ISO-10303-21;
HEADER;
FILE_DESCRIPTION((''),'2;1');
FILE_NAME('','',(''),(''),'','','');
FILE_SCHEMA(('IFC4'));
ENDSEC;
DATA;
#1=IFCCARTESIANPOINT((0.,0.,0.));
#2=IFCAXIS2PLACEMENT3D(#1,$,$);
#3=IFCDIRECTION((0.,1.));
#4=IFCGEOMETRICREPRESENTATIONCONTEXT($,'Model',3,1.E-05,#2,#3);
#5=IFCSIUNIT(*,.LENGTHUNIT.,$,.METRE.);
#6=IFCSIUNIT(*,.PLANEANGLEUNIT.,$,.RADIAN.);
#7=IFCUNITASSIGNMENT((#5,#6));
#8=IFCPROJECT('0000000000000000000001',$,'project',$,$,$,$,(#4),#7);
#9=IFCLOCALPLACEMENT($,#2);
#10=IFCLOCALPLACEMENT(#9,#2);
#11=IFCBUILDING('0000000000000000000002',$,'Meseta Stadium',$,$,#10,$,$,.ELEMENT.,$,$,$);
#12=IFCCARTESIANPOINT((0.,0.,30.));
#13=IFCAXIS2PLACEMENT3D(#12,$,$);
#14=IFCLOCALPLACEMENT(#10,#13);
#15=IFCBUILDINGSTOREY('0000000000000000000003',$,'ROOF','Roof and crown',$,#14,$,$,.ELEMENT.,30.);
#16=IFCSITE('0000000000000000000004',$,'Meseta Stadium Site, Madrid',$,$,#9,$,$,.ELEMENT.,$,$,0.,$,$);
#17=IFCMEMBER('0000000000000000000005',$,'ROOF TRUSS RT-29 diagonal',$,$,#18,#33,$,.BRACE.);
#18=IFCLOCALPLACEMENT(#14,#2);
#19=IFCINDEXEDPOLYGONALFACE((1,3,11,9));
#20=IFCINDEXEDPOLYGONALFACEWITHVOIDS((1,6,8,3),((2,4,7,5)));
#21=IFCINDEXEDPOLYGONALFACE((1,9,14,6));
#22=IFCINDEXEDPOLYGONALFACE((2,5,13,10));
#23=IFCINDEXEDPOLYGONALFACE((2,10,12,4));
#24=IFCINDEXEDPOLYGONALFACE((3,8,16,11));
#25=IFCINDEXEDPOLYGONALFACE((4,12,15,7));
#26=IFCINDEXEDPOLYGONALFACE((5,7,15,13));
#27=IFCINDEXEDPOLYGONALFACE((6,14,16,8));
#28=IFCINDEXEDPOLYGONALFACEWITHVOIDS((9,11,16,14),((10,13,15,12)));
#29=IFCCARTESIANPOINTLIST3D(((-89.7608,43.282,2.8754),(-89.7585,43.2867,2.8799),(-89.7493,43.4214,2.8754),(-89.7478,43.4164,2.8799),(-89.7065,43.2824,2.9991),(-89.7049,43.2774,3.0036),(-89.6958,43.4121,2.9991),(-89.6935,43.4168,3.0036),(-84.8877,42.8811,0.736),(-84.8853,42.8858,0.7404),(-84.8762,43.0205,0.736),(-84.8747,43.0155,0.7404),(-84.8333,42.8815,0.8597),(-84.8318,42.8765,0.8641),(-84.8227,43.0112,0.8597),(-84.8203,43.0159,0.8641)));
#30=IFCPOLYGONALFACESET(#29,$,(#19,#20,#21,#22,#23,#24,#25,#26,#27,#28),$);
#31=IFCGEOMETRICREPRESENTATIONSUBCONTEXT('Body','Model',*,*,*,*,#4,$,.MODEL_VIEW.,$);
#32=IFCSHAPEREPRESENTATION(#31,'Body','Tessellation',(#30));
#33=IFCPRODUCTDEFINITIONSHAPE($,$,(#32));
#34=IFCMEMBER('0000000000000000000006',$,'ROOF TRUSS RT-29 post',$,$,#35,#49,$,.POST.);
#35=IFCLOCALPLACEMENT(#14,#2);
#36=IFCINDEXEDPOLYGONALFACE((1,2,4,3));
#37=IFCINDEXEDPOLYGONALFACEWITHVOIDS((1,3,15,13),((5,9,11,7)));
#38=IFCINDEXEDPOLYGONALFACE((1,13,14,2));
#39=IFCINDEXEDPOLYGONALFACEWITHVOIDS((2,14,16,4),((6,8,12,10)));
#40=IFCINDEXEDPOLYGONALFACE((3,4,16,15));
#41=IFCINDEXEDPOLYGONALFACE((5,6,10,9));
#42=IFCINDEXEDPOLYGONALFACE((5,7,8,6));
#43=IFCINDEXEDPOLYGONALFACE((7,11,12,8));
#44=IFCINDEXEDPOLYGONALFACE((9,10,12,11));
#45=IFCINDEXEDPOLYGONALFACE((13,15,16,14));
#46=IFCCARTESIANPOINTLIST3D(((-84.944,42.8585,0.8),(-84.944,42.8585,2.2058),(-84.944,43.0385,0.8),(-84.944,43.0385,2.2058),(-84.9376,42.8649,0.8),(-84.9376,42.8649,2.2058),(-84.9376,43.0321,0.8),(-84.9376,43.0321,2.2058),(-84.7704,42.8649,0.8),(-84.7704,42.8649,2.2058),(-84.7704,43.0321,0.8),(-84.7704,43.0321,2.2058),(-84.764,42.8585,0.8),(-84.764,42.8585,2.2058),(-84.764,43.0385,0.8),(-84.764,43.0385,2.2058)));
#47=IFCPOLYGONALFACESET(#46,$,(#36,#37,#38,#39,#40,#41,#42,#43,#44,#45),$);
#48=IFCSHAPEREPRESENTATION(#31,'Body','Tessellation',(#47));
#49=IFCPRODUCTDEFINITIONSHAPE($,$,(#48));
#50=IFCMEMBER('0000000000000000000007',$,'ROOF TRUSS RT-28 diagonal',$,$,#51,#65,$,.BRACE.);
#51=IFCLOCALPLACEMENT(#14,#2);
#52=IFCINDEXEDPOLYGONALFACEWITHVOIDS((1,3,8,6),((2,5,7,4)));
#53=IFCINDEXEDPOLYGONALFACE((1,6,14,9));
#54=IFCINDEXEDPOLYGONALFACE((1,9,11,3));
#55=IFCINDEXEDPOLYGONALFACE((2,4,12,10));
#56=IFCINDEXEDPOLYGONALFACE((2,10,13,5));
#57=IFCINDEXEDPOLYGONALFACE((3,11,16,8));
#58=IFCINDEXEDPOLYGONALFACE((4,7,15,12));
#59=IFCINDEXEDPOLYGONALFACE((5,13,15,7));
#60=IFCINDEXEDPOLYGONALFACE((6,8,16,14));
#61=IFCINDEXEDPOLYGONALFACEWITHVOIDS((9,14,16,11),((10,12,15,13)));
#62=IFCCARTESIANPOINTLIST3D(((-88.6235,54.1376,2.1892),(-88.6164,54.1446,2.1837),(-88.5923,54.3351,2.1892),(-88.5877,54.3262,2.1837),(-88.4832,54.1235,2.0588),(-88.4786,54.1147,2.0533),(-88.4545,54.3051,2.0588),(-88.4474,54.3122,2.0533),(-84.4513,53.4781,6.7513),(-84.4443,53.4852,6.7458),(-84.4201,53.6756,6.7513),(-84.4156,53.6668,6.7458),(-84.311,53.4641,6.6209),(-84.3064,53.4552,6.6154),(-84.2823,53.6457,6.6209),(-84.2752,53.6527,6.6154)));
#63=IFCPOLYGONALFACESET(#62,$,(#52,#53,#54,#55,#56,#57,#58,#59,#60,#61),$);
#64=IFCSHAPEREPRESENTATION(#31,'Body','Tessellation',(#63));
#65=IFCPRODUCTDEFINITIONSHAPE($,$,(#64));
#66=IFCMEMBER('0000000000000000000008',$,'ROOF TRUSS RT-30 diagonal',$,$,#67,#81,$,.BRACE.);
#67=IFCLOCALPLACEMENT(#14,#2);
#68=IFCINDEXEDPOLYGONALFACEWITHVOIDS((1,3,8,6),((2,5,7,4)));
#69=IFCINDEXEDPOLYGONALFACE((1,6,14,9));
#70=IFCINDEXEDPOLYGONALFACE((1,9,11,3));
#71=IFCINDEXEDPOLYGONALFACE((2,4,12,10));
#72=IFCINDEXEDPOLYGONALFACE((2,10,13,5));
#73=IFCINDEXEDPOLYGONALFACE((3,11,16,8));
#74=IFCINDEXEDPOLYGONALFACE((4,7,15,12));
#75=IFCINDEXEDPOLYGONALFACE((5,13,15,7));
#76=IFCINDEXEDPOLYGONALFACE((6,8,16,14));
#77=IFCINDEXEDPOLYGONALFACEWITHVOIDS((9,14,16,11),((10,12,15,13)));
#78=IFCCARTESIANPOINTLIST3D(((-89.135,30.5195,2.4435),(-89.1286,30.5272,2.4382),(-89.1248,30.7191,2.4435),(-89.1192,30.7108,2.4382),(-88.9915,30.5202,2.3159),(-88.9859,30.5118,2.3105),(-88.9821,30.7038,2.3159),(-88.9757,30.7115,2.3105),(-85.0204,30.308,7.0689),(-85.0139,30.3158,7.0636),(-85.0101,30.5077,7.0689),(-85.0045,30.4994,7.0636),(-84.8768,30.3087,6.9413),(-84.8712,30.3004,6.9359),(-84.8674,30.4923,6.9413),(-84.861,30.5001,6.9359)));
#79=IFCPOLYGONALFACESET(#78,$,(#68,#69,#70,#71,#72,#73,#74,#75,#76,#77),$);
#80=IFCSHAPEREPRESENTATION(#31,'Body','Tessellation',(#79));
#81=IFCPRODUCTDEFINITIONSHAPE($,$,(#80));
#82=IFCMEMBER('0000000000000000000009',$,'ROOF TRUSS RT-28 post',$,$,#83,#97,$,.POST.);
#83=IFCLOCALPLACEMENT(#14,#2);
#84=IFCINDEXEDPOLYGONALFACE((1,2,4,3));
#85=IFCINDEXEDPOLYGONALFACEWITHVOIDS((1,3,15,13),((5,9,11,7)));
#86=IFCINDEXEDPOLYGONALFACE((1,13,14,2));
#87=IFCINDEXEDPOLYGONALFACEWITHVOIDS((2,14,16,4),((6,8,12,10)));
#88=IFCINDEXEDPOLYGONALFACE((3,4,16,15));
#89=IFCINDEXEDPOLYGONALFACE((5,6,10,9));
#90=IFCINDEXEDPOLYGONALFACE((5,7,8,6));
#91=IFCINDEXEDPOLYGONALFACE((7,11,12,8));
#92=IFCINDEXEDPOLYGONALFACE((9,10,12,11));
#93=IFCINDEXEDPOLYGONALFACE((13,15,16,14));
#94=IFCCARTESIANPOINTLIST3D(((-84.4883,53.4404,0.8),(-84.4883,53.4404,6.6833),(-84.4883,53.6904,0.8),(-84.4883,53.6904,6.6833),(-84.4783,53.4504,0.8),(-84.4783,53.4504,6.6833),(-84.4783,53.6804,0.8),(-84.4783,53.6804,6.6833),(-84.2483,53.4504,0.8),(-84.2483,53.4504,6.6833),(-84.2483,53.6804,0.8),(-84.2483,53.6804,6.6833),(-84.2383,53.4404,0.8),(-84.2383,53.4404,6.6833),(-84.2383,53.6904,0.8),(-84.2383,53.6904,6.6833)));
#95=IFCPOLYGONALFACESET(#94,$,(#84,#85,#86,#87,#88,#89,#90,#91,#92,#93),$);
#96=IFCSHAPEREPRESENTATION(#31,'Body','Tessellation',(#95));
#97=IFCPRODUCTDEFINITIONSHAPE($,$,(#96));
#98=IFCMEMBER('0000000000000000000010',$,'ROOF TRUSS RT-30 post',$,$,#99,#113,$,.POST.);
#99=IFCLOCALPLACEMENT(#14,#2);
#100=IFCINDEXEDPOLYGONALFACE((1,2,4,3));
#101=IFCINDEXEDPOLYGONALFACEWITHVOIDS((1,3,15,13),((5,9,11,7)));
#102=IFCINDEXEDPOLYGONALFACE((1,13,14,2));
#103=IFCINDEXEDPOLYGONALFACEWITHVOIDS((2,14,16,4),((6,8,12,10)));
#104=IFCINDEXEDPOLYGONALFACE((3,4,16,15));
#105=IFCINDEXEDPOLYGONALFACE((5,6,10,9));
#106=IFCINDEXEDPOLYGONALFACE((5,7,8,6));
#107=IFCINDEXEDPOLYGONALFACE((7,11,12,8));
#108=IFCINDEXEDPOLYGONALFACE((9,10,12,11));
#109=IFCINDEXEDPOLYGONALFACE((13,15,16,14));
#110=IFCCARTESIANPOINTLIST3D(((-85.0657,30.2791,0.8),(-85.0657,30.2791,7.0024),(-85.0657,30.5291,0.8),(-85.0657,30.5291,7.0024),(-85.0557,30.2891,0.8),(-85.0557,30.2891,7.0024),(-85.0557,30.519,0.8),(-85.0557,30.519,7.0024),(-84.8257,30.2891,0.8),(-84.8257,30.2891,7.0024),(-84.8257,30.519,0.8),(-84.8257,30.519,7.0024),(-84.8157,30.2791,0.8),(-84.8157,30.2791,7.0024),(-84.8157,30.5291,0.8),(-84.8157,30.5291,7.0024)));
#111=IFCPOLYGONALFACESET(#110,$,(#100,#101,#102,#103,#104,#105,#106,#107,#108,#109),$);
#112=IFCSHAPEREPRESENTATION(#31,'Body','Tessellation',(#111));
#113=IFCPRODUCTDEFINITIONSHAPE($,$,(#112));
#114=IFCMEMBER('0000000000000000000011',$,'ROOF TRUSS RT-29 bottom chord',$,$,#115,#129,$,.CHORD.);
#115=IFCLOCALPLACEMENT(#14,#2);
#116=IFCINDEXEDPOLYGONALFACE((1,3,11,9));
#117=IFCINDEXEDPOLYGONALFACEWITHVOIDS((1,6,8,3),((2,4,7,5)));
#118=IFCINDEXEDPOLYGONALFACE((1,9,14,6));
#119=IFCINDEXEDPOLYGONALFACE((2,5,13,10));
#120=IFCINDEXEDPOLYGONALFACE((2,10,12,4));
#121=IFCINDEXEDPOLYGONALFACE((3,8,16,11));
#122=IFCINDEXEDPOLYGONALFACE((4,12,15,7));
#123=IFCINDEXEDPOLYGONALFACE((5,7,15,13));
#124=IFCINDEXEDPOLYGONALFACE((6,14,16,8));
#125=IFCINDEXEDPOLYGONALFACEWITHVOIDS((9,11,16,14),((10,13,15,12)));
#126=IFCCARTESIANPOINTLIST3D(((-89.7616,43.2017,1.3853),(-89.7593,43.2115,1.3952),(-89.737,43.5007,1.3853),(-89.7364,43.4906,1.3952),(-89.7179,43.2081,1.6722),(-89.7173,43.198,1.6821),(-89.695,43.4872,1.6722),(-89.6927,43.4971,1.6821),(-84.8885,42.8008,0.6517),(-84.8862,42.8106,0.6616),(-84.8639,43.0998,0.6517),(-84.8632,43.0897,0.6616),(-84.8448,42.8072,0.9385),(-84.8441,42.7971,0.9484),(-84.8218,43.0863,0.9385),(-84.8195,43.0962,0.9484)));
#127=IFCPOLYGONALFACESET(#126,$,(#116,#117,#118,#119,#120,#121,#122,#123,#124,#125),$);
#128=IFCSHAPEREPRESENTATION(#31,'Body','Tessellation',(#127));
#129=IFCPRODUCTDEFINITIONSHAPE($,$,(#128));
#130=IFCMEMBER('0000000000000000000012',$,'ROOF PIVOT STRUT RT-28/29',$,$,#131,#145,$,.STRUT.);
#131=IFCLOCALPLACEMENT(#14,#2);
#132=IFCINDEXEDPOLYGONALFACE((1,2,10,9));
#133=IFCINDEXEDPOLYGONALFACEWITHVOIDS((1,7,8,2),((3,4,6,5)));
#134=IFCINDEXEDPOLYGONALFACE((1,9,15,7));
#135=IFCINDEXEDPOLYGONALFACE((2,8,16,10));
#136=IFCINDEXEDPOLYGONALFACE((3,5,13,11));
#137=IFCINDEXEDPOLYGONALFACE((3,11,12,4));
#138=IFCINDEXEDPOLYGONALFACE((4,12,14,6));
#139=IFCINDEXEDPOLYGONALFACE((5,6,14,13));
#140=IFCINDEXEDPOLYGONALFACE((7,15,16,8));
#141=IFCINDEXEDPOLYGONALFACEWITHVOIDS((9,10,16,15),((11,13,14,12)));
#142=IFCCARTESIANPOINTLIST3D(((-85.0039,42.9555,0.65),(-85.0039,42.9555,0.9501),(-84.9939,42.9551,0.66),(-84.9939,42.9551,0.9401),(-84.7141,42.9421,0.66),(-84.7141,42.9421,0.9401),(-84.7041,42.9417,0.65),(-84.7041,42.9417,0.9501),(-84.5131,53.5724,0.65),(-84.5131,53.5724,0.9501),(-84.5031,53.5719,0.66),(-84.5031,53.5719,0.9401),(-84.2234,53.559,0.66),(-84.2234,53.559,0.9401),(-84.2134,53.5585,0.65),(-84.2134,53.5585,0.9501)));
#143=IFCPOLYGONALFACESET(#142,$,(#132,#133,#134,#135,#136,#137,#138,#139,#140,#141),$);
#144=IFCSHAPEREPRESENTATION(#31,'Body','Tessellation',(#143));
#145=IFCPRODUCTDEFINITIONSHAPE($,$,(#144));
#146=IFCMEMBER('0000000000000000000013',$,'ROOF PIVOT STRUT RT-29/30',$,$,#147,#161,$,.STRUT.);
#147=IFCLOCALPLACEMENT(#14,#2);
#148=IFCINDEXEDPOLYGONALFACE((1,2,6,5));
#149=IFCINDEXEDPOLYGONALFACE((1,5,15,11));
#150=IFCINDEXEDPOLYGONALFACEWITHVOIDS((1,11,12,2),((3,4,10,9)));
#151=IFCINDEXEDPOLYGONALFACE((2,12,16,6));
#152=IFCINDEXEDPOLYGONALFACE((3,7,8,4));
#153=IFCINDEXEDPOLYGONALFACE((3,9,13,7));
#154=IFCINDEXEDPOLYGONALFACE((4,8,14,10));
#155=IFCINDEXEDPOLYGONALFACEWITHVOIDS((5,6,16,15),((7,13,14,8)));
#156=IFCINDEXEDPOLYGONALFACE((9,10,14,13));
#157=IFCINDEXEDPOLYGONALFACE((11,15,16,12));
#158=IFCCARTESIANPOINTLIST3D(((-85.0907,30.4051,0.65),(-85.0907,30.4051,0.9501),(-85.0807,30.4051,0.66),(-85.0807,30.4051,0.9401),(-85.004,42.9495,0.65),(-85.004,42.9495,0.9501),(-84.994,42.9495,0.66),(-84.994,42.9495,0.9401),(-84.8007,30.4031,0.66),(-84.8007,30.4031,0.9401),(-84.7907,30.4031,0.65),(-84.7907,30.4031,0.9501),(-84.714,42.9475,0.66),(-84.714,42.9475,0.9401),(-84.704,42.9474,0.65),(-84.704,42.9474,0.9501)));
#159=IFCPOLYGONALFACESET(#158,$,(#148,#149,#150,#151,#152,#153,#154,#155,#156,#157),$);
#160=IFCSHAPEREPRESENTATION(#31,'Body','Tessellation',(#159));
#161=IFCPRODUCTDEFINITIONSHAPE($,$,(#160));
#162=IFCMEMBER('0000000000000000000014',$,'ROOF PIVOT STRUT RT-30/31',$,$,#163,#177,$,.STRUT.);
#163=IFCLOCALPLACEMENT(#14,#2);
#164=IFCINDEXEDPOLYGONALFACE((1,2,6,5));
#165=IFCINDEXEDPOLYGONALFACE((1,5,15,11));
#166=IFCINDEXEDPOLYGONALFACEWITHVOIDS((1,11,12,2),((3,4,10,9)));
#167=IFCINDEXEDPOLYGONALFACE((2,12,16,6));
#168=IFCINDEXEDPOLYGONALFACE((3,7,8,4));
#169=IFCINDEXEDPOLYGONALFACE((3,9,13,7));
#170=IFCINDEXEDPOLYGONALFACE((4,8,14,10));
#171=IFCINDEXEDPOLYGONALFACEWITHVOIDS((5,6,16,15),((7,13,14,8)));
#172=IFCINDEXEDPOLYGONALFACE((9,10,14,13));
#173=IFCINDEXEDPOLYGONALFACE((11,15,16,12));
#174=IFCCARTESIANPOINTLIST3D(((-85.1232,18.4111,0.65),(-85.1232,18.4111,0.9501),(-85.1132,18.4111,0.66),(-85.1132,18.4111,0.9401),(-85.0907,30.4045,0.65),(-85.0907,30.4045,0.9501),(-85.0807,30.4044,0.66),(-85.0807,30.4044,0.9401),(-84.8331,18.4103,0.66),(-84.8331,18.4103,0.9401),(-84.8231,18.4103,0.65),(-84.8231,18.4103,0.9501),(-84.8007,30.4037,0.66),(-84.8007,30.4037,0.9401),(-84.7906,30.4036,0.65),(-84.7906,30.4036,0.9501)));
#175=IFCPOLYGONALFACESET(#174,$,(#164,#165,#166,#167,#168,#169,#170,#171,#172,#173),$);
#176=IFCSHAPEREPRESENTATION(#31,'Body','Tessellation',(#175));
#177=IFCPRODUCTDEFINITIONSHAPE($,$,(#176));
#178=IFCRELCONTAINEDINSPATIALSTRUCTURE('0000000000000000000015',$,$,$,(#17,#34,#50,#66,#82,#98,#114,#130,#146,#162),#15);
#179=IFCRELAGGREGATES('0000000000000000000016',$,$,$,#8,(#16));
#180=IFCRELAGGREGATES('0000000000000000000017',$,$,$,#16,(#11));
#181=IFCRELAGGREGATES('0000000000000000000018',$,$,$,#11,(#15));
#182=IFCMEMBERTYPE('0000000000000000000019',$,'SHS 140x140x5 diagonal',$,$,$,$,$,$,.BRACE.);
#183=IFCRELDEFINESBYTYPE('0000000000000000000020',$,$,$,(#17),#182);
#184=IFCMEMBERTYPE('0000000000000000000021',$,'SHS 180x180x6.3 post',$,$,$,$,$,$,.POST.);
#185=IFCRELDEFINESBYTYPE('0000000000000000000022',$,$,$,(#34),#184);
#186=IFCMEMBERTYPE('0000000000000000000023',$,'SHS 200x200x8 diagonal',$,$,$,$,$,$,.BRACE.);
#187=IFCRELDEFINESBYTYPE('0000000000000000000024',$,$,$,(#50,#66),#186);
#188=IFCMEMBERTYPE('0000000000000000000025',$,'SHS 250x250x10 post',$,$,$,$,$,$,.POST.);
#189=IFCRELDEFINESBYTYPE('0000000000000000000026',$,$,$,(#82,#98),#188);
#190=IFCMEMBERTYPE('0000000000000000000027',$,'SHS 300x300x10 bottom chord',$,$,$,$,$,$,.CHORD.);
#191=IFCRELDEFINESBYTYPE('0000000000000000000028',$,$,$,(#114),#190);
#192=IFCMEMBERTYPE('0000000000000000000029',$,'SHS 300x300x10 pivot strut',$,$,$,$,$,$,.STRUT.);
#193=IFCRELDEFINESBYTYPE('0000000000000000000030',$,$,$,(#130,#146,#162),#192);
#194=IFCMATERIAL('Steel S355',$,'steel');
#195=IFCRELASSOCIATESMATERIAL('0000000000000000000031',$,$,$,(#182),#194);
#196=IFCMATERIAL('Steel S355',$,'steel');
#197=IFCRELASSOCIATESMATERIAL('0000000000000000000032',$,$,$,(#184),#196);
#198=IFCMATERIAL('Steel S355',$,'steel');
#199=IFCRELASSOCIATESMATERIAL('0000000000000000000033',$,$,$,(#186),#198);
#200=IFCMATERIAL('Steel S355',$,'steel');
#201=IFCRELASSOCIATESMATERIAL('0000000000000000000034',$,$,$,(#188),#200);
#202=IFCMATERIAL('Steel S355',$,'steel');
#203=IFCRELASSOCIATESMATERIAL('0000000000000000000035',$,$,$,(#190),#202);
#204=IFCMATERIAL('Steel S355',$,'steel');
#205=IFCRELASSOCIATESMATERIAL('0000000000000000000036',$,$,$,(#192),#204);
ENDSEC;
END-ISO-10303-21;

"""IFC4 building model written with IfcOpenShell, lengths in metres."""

from ifc_helpers import new_model, si_unit, direction, frame, origin, origin_2d, place, context, subcontext, project, spatial, hollow_rectangle, extrude, material, material_profile, profile_set, type_object, element, save


model = new_model("IFC4")

# Units and contexts
model_context = context("Model", 3, precision=1e-05, world=origin(), true_north=direction((0.0, 1.0)))
body_context = subcontext(model_context, "Body", "Model", "MODEL_VIEW")
ifc_project = project(units=[si_unit("LENGTHUNIT", "METRE"), si_unit("PLANEANGLEUNIT", "RADIAN")], contexts=[model_context])

# Site, building, storey
site_placement = place(None, origin())
site = spatial("IfcSite", under=ifc_project, at=site_placement, Name="Meseta Stadium Site, Madrid", CompositionType="ELEMENT", RefElevation=0.0)
building_placement = place(site_placement, origin())
building = spatial("IfcBuilding", under=site, at=building_placement, Name="Meseta Stadium", CompositionType="ELEMENT")
storey_placement = place(building_placement, frame((0.0, 0.0, 30.0)))
storey = spatial("IfcBuildingStorey", under=building, at=storey_placement, Name="ROOF", Description="Roof and crown", CompositionType="ELEMENT", Elevation=30.0)

# Members
ifc_material_1 = material(Name="Steel S355", Category="steel")
ifc_material_profile_1 = material_profile(ifc_material_1, hollow_rectangle(XDim=0.1399, YDim=0.1399, WallThickness=0.0049, at=origin_2d()), Name="SHS 140x140x5")
ifc_profile_set_1 = profile_set([ifc_material_profile_1], Name="Steel S355")
member_type_1 = type_object("IfcMemberType", Name="SHS 140x140x5 diagonal", PredefinedType="BRACE", material=ifc_profile_set_1)
member_1_placement = place(storey_placement, frame((-84.854, 42.9485, 0.8), z_axis=(-0.913056, 0.075112, 0.400857), x_axis=(-0.081988, -0.996633, 0.0)))
element("IfcMember", 1, at=member_1_placement, inside=storey, type_object=member_type_1, Name="ROOF TRUSS RT-29 diagonal", PredefinedType="BRACE", context=body_context, shape_type="SweptSolid", body=[
    extrude(hollow_rectangle(XDim=0.1399, YDim=0.1399, WallThickness=0.0049, at=origin_2d()), origin(), (0.0, 0.0, 1.0), 5.3372),
])
ifc_material_2 = material(Name="Steel S355", Category="steel")
ifc_material_profile_2 = material_profile(ifc_material_2, hollow_rectangle(XDim=0.1799, YDim=0.1799, WallThickness=0.0063, at=origin_2d()), Name="SHS 180x180x6.3")
ifc_profile_set_2 = profile_set([ifc_material_profile_2], Name="Steel S355")
member_type_2 = type_object("IfcMemberType", Name="SHS 180x180x6.3 post", PredefinedType="POST", material=ifc_profile_set_2)
member_2_placement = place(storey_placement, frame((-84.854, 42.9485, 0.8), z_axis=(0.0, 0.0, 1.0), x_axis=(1.0, 0.0, 0.0)))
element("IfcMember", 2, at=member_2_placement, inside=storey, type_object=member_type_2, Name="ROOF TRUSS RT-29 post", PredefinedType="POST", context=body_context, shape_type="SweptSolid", body=[
    extrude(hollow_rectangle(XDim=0.1799, YDim=0.1799, WallThickness=0.0063, at=origin_2d()), origin(), (0.0, 0.0, 1.0), 1.4058),
])
ifc_material_3 = material(Name="Steel S355", Category="steel")
ifc_material_profile_3 = material_profile(ifc_material_3, hollow_rectangle(XDim=0.2, YDim=0.2, WallThickness=0.0081, at=origin_2d()), Name="SHS 200x200x8")
ifc_profile_set_3 = profile_set([ifc_material_profile_3], Name="Steel S355")
member_type_3 = type_object("IfcMemberType", Name="SHS 200x200x8 diagonal", PredefinedType="BRACE", material=ifc_profile_set_3)
member_3_placement = place(storey_placement, frame((-84.3633, 53.5654, 6.6833), z_axis=(-0.671063, 0.106065, -0.733775), x_axis=(-0.156117, -0.987739, 0.0)))
element("IfcMember", 3, at=member_3_placement, inside=storey, type_object=member_type_3, Name="ROOF TRUSS RT-28 diagonal", PredefinedType="BRACE", context=body_context, shape_type="SweptSolid", body=[
    extrude(hollow_rectangle(XDim=0.2, YDim=0.2, WallThickness=0.0081, at=origin_2d()), origin(), (0.0, 0.0, 1.0), 6.2173),
])
member_4_placement = place(storey_placement, frame((-84.9407, 30.4041, 7.0024), z_axis=(-0.664265, 0.034132, -0.746717), x_axis=(-0.051315, -0.998683, 0.0)))
element("IfcMember", 4, at=member_4_placement, inside=storey, type_object=member_type_3, Name="ROOF TRUSS RT-30 diagonal", PredefinedType="BRACE", context=body_context, shape_type="SweptSolid", body=[
    extrude(hollow_rectangle(XDim=0.2, YDim=0.2, WallThickness=0.0081, at=origin_2d()), origin(), (0.0, 0.0, 1.0), 6.1943),
])
ifc_material_4 = material(Name="Steel S355", Category="steel")
ifc_material_profile_4 = material_profile(ifc_material_4, hollow_rectangle(XDim=0.25, YDim=0.25, WallThickness=0.01, at=origin_2d()), Name="SHS 250x250x10")
ifc_profile_set_4 = profile_set([ifc_material_profile_4], Name="Steel S355")
member_type_4 = type_object("IfcMemberType", Name="SHS 250x250x10 post", PredefinedType="POST", material=ifc_profile_set_4)
member_5_placement = place(storey_placement, frame((-84.3633, 53.5654, 0.8), z_axis=(0.0, 0.0, 1.0), x_axis=(1.0, 0.0, 0.0)))
element("IfcMember", 5, at=member_5_placement, inside=storey, type_object=member_type_4, Name="ROOF TRUSS RT-28 post", PredefinedType="POST", context=body_context, shape_type="SweptSolid", body=[
    extrude(hollow_rectangle(XDim=0.25, YDim=0.25, WallThickness=0.01, at=origin_2d()), origin(), (0.0, 0.0, 1.0), 5.8833),
])
member_6_placement = place(storey_placement, frame((-84.9407, 30.4041, 0.8), z_axis=(0.0, 0.0, 1.0), x_axis=(1.0, 0.0, 0.0)))
element("IfcMember", 6, at=member_6_placement, inside=storey, type_object=member_type_4, Name="ROOF TRUSS RT-30 post", PredefinedType="POST", context=body_context, shape_type="SweptSolid", body=[
    extrude(hollow_rectangle(XDim=0.25, YDim=0.25, WallThickness=0.01, at=origin_2d()), origin(), (0.0, 0.0, 1.0), 6.2024),
])
ifc_material_5 = material(Name="Steel S355", Category="steel")
ifc_material_profile_5 = material_profile(ifc_material_5, hollow_rectangle(XDim=0.3, YDim=0.3, WallThickness=0.01, at=origin_2d()), Name="SHS 300x300x10")
ifc_profile_set_5 = profile_set([ifc_material_profile_5], Name="Steel S355")
member_type_5 = type_object("IfcMemberType", Name="SHS 300x300x10 bottom chord", PredefinedType="CHORD", material=ifc_profile_set_5)
member_7_placement = place(storey_placement, frame((-84.854, 42.9485, 0.8), z_axis=(-0.985601, 0.08108, 0.148383), x_axis=(-0.081988, -0.996633, 0.0)))
element("IfcMember", 7, at=member_7_placement, inside=storey, type_object=member_type_5, Name="ROOF TRUSS RT-29 bottom chord", PredefinedType="CHORD", context=body_context, shape_type="SweptSolid", body=[
    extrude(hollow_rectangle(XDim=0.3, YDim=0.3, WallThickness=0.01, at=origin_2d()), origin(), (0.0, 0.0, 1.0), 4.9443),
])
ifc_material_6 = material(Name="Steel S355", Category="steel")
ifc_material_profile_6 = material_profile(ifc_material_6, hollow_rectangle(XDim=0.3, YDim=0.3, WallThickness=0.01, at=origin_2d()), Name="SHS 300x300x10")
ifc_profile_set_6 = profile_set([ifc_material_profile_6], Name="Steel S355")
member_type_6 = type_object("IfcMemberType", Name="SHS 300x300x10 pivot strut", PredefinedType="STRUT", material=ifc_profile_set_6)
member_8_placement = place(storey_placement, frame((-84.3633, 53.5654, 0.8), z_axis=(-0.046171, -0.998934, 0.0), x_axis=(0.998934, -0.046171, 0.0)))
element("IfcMember", 8, at=member_8_placement, inside=storey, type_object=member_type_6, Name="ROOF PIVOT STRUT RT-28/29", PredefinedType="STRUT", context=body_context, shape_type="SweptSolid", body=[
    extrude(hollow_rectangle(XDim=0.3, YDim=0.3, WallThickness=0.01, at=origin_2d()), origin(), (0.0, 0.0, 1.0), 10.6282),
])
member_9_placement = place(storey_placement, frame((-84.854, 42.9485, 0.8), z_axis=(-0.006909, -0.999976, 0.0), x_axis=(0.999976, -0.006909, 0.0)))
element("IfcMember", 9, at=member_9_placement, inside=storey, type_object=member_type_6, Name="ROOF PIVOT STRUT RT-29/30", PredefinedType="STRUT", context=body_context, shape_type="SweptSolid", body=[
    extrude(hollow_rectangle(XDim=0.3, YDim=0.3, WallThickness=0.01, at=origin_2d()), origin(), (0.0, 0.0, 1.0), 12.5447),
])
member_10_placement = place(storey_placement, frame((-84.9407, 30.4041, 0.8), z_axis=(-0.002707, -0.999996, 0.0), x_axis=(0.999996, -0.002707, 0.0)))
element("IfcMember", 10, at=member_10_placement, inside=storey, type_object=member_type_6, Name="ROOF PIVOT STRUT RT-30/31", PredefinedType="STRUT", context=body_context, shape_type="SweptSolid", body=[
    extrude(hollow_rectangle(XDim=0.3, YDim=0.3, WallThickness=0.01, at=origin_2d()), origin(), (0.0, 0.0, 1.0), 11.9934),
])

save(model, "model.ifc")
